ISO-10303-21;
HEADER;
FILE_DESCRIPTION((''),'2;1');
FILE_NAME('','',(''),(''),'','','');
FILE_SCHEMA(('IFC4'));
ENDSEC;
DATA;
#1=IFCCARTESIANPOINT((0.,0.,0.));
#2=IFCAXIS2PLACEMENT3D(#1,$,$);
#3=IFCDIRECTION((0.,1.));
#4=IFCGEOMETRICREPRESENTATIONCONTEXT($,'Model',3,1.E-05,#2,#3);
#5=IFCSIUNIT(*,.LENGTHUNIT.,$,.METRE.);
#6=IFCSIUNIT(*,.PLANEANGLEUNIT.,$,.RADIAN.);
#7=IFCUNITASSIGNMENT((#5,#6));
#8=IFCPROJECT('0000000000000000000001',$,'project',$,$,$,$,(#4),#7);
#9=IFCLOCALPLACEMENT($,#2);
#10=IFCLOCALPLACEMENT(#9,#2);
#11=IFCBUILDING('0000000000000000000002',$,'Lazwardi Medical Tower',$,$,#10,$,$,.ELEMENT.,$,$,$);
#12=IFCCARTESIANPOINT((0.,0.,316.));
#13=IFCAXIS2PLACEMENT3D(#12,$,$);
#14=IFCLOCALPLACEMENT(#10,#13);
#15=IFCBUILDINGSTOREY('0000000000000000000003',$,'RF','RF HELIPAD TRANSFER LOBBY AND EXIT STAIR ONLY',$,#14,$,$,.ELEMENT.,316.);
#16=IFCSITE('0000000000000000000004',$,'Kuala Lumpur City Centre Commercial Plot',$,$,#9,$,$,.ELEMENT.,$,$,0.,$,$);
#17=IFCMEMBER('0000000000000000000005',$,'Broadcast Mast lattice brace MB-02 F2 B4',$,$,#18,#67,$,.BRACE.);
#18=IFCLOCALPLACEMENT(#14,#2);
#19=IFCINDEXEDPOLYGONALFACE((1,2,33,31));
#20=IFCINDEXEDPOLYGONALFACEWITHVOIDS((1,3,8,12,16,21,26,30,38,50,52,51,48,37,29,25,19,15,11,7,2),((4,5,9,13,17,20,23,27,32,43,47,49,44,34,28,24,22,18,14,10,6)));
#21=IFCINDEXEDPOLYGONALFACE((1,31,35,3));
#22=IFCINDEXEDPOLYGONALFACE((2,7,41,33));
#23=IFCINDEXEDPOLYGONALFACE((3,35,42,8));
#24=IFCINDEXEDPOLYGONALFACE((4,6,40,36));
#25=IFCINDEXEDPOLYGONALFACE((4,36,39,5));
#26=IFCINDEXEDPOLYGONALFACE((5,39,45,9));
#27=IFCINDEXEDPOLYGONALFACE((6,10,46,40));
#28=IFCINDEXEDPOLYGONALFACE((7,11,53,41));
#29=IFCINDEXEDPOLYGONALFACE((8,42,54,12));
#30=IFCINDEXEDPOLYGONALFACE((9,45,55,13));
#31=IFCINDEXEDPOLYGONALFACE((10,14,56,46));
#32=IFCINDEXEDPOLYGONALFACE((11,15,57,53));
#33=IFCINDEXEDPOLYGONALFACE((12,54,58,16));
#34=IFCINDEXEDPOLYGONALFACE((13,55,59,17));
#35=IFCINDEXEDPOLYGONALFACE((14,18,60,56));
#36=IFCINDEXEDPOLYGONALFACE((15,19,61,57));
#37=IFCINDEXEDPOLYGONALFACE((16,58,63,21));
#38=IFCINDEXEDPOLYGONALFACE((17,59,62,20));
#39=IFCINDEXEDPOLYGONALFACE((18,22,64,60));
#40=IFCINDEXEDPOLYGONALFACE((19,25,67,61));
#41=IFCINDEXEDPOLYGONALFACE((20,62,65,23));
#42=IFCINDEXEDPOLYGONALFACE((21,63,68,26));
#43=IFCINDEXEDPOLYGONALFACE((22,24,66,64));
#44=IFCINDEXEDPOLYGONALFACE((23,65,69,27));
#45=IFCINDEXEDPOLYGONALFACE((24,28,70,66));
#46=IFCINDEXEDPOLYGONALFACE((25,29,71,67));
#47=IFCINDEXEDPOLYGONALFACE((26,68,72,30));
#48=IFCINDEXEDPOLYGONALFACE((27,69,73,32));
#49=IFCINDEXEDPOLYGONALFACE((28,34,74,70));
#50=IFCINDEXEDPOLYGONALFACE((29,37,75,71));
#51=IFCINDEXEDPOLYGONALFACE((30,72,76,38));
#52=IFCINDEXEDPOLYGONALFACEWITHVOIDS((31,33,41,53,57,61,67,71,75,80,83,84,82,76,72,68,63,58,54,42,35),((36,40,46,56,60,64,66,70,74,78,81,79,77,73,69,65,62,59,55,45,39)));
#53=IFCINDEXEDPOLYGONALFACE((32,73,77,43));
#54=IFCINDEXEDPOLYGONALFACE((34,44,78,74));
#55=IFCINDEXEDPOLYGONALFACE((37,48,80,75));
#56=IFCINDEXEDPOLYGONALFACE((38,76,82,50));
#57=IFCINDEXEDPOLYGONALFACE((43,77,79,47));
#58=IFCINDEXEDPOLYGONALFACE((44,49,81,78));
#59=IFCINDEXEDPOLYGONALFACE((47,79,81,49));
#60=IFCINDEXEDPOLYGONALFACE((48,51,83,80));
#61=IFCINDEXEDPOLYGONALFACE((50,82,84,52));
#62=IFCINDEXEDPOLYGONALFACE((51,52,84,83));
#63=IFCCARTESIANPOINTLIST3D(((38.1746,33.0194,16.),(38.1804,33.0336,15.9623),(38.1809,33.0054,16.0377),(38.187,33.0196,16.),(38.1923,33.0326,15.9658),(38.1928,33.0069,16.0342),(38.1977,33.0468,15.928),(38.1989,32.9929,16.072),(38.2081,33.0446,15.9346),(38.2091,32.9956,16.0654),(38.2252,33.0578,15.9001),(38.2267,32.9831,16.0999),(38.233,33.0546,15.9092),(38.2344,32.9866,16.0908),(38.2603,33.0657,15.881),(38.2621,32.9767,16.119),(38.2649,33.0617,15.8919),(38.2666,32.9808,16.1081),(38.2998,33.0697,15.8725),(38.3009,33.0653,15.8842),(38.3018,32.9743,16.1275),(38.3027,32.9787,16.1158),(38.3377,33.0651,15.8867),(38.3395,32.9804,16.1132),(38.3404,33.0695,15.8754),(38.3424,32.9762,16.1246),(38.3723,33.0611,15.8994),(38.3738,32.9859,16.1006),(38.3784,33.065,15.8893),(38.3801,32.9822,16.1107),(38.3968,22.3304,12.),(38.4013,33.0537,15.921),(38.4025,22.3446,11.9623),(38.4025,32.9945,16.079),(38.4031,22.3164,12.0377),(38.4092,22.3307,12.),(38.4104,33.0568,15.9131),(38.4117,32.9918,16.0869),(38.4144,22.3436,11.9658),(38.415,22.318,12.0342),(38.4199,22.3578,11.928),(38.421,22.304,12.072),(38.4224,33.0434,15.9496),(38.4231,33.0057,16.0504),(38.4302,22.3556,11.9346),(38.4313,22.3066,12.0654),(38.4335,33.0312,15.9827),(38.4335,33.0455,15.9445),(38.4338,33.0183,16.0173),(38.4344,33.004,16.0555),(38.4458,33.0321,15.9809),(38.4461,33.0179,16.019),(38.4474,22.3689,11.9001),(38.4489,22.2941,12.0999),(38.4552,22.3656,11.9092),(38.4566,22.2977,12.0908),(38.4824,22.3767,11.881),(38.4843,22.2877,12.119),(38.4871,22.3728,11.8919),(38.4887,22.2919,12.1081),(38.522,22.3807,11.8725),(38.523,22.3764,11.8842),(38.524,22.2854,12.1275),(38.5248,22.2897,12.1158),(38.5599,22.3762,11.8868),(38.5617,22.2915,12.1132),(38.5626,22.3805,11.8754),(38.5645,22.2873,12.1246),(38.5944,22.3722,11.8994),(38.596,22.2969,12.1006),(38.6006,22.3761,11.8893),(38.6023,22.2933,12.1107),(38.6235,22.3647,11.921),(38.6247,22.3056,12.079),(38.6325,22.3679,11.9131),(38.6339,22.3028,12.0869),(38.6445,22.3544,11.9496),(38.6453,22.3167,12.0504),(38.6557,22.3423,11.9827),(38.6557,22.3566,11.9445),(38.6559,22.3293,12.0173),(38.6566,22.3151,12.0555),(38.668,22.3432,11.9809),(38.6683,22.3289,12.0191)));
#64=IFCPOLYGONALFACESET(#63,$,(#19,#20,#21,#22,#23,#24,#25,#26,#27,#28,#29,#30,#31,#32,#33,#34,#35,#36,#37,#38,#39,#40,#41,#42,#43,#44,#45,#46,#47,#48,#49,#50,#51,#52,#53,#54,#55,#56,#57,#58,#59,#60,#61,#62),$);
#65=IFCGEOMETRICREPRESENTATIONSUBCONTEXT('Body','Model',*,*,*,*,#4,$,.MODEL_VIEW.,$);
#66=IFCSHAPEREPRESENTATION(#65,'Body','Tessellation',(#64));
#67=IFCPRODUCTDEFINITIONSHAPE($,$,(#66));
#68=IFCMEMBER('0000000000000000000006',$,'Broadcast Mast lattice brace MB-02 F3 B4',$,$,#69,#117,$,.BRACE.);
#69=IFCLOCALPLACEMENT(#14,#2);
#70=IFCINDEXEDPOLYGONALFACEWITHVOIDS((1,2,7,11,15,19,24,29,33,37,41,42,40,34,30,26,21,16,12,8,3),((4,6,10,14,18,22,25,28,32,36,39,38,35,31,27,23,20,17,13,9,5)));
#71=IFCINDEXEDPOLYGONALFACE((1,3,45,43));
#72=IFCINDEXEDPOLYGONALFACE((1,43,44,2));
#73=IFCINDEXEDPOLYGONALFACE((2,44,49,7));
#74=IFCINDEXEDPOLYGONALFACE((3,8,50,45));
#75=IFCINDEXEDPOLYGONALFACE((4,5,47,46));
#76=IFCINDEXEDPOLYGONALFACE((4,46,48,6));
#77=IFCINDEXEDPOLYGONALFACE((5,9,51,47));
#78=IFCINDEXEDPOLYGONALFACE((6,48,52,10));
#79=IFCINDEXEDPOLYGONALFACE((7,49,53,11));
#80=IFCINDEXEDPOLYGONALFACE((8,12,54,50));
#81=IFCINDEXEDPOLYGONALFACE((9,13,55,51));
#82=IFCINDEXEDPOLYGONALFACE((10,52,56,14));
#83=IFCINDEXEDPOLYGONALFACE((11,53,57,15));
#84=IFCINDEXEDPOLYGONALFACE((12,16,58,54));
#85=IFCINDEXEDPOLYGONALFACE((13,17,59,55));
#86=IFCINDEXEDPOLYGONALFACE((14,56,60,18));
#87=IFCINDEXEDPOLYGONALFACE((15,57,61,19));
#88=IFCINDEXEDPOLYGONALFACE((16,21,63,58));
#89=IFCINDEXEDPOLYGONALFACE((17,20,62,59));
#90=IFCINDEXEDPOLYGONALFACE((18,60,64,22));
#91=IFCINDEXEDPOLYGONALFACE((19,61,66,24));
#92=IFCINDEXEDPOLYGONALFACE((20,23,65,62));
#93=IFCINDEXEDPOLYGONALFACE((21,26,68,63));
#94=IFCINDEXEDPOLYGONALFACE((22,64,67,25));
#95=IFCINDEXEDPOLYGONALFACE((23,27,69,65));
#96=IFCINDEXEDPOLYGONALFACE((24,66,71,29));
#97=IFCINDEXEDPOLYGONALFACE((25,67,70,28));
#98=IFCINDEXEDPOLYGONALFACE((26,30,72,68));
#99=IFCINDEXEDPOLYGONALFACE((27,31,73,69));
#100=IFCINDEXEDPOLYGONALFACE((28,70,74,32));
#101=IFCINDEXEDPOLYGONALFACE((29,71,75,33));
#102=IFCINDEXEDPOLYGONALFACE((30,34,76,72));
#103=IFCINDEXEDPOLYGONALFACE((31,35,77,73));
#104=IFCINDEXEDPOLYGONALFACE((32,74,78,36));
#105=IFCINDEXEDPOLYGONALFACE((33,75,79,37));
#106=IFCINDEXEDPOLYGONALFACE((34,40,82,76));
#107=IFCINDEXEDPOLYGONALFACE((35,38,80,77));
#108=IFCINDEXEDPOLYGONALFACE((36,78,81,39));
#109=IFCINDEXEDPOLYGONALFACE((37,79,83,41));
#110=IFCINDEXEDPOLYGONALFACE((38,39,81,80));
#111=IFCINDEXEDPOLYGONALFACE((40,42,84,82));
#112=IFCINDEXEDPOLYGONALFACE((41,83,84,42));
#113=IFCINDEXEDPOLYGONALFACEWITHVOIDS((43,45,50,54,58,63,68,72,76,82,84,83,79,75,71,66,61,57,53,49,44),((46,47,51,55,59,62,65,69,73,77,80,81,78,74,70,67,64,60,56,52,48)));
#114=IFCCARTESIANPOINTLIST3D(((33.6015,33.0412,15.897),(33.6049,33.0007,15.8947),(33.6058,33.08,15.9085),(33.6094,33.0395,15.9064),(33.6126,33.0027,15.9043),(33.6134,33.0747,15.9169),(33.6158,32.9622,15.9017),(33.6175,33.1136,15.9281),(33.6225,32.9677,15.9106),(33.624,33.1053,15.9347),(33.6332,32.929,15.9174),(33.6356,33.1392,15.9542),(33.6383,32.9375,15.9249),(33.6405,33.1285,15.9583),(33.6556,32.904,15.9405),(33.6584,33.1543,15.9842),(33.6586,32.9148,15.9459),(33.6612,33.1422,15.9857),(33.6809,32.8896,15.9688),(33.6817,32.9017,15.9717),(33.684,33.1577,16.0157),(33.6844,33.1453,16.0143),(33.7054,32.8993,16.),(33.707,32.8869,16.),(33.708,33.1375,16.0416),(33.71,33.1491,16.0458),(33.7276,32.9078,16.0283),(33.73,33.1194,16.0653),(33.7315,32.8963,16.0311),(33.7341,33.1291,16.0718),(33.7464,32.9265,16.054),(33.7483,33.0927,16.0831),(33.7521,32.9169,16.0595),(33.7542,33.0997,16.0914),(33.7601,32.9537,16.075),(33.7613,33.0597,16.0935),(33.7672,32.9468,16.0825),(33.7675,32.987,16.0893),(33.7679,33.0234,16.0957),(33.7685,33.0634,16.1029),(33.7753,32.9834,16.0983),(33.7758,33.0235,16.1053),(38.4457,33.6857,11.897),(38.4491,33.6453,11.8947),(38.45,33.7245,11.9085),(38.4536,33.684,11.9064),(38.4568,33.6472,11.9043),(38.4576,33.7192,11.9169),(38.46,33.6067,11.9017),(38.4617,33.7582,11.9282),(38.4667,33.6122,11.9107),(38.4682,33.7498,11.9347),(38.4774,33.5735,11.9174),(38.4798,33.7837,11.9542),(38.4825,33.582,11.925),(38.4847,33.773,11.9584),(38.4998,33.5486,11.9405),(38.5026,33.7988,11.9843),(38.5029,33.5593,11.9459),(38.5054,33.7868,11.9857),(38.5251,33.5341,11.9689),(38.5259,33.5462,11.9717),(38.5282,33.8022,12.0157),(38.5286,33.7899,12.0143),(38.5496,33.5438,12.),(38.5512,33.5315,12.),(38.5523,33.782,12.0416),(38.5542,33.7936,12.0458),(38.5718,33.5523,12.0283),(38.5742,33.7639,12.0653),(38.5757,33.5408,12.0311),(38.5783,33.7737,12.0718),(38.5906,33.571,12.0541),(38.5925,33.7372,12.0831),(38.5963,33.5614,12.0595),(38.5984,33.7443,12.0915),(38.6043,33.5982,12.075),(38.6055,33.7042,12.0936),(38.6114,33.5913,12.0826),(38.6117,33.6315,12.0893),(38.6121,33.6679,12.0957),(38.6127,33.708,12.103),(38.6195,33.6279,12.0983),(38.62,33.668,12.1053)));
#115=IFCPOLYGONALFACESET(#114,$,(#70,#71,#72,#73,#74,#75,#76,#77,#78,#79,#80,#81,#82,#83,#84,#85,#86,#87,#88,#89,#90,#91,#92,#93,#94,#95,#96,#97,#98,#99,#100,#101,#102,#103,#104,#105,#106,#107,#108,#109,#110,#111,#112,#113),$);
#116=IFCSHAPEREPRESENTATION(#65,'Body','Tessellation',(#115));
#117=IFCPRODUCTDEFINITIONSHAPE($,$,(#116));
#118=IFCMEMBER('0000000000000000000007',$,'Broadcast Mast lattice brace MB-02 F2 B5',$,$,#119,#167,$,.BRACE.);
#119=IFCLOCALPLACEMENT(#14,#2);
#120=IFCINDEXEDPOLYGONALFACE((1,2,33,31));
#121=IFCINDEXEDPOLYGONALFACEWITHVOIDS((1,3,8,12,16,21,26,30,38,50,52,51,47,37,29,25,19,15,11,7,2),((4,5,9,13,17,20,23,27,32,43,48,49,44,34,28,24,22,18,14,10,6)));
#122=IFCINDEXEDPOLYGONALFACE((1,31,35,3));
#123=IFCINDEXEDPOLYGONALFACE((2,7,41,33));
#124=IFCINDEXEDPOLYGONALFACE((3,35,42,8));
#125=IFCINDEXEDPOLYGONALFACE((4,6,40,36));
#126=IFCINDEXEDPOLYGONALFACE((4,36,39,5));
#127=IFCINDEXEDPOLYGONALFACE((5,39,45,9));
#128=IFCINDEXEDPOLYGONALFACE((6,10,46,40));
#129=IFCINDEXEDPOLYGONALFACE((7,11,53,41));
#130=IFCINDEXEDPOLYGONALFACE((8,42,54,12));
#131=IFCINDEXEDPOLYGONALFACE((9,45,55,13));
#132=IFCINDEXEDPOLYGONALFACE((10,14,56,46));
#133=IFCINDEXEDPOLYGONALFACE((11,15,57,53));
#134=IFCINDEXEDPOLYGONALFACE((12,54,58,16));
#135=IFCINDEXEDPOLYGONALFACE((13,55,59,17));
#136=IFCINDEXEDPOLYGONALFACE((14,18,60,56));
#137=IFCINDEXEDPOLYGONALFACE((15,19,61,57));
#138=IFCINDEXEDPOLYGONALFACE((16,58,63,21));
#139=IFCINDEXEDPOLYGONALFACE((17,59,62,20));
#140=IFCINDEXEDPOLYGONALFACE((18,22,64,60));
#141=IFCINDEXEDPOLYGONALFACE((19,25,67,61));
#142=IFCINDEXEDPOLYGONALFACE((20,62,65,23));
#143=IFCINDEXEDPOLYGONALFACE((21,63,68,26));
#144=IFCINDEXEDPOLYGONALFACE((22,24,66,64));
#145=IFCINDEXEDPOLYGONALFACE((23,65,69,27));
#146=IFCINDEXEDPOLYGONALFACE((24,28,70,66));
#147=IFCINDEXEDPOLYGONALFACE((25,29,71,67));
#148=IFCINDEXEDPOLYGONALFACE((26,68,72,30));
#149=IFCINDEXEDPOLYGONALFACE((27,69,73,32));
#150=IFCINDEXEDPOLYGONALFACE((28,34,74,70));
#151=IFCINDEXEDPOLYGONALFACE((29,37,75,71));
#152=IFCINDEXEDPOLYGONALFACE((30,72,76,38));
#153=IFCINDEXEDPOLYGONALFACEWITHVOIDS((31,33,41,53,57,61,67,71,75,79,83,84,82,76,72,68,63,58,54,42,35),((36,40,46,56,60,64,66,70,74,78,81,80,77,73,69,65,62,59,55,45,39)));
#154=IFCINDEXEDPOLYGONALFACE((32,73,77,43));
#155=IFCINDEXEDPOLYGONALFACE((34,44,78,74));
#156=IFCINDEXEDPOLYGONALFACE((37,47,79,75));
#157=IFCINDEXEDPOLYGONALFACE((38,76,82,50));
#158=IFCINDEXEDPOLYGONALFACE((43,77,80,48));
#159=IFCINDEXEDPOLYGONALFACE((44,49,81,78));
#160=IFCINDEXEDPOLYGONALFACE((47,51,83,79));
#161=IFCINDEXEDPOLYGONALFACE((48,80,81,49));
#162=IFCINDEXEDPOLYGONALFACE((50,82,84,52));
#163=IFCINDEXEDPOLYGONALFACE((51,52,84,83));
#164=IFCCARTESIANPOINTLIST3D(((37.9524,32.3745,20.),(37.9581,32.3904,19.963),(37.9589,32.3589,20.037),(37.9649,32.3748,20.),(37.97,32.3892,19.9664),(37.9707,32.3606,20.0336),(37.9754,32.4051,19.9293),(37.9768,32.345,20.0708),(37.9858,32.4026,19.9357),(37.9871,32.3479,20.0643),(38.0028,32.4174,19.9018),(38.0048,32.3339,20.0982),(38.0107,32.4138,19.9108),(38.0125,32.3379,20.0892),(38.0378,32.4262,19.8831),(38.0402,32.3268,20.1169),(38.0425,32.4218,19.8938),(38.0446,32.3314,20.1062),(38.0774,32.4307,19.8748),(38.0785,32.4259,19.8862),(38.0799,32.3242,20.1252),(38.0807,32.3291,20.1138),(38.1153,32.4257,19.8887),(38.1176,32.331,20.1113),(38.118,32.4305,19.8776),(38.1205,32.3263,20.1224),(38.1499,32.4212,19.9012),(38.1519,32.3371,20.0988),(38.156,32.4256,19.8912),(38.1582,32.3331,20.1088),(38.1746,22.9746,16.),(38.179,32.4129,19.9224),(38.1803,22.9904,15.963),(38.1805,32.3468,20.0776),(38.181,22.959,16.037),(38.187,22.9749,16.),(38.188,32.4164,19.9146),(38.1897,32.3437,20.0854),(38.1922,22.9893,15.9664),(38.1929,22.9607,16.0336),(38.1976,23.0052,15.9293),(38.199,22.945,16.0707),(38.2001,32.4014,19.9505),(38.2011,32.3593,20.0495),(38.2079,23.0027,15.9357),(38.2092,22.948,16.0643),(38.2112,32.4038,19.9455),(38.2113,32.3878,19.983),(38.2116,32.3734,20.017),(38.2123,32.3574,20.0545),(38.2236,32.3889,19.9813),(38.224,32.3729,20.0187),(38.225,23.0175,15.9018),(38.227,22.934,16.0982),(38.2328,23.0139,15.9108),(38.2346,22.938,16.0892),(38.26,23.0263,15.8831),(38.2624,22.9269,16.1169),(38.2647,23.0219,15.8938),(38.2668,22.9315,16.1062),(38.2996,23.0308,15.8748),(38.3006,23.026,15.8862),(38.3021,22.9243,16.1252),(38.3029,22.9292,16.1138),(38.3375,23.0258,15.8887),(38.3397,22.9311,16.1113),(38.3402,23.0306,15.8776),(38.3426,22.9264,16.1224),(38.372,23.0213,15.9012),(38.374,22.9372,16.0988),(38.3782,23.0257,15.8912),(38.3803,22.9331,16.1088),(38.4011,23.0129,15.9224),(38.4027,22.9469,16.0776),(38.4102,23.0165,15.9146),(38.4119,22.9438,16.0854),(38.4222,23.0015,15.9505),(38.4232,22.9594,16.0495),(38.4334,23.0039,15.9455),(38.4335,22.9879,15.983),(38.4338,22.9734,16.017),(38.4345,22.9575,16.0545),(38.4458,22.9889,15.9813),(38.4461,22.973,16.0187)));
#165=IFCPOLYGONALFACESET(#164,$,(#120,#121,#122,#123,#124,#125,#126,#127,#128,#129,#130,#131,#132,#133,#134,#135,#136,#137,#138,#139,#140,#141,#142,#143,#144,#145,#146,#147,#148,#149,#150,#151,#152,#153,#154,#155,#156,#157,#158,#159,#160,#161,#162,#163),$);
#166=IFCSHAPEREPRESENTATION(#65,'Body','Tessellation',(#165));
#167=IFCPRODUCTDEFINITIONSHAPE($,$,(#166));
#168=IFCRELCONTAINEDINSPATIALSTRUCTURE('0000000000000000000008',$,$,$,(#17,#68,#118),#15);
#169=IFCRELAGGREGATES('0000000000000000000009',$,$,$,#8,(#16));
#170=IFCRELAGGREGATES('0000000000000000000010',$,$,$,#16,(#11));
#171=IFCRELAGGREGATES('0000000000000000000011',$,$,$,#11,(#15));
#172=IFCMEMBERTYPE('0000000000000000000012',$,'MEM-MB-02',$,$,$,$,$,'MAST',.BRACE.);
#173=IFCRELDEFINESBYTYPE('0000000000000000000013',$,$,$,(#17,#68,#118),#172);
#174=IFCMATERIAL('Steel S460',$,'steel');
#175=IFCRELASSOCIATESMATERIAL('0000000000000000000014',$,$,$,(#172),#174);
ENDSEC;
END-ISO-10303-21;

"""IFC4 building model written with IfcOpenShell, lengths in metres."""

from ifc_helpers import new_model, si_unit, direction, frame, origin, origin_2d, place, context, subcontext, project, spatial, hollow_circle, extrude, material, material_profile, profile_set, type_object, element, save


model = new_model("IFC4")

# Units and contexts
model_context = context("Model", 3, precision=1e-05, world=origin(), true_north=direction((0.0, 1.0)))
body_context = subcontext(model_context, "Body", "Model", "MODEL_VIEW")
ifc_project = project(units=[si_unit("LENGTHUNIT", "METRE"), si_unit("PLANEANGLEUNIT", "RADIAN")], contexts=[model_context])

# Site, building, storey
site_placement = place(None, origin())
site = spatial("IfcSite", under=ifc_project, at=site_placement, Name="Kuala Lumpur City Centre Commercial Plot", CompositionType="ELEMENT", RefElevation=0.0)
building_placement = place(site_placement, origin())
building = spatial("IfcBuilding", under=site, at=building_placement, Name="Lazwardi Medical Tower", CompositionType="ELEMENT")
storey_placement = place(building_placement, frame((0.0, 0.0, 316.0)))
storey = spatial("IfcBuildingStorey", under=building, at=storey_placement, Name="RF", Description="RF HELIPAD TRANSFER LOBBY AND EXIT STAIR ONLY", CompositionType="ELEMENT", Elevation=316.0)

# Members
ifc_material = material(Name="Steel S460", Category="steel")
ifc_material_profile_1 = material_profile(ifc_material, hollow_circle(Radius=0.1365, WallThickness=0.0125, at=origin_2d()), Name="CHS 273x12.5")
ifc_profile_set_1 = profile_set([ifc_material_profile_1], Name="Steel S460")
member_type_1 = type_object("IfcMemberType", Name="MEM-MB-02", ElementType="MAST", PredefinedType="BRACE", material=ifc_profile_set_1)
member_1_placement = place(storey_placement, frame((38.5332, 22.3333, 12.0), z_axis=(-0.019463, 0.936392, 0.350415), x_axis=(-0.999784, -0.02078, 0.0)))
element("IfcMember", 1, at=member_1_placement, inside=storey, type_object=member_type_1, Name="Broadcast Mast lattice brace MB-02 F2 B4", PredefinedType="BRACE", context=body_context, shape_type="SweptSolid", body=[
    extrude(hollow_circle(Radius=0.1365, WallThickness=0.0125, at=origin_2d()), origin(), (0.0, 0.0, 1.0), 11.415),
])
member_2_placement = place(storey_placement, frame((38.5332, 33.6667, 12.0), z_axis=(-0.767073, -0.10206, 0.63339), x_axis=(0.131889, -0.991265, 0.0)))
element("IfcMember", 2, at=member_2_placement, inside=storey, type_object=member_type_1, Name="Broadcast Mast lattice brace MB-02 F3 B4", PredefinedType="BRACE", context=body_context, shape_type="SweptSolid", body=[
    extrude(hollow_circle(Radius=0.1365, WallThickness=0.0125, at=origin_2d()), origin(), (0.0, 0.0, 1.0), 6.3152),
])
member_3_placement = place(storey_placement, frame((38.311, 22.9778, 16.0), z_axis=(-0.021743, 0.919936, 0.391466), x_axis=(-0.999721, -0.023629, 0.0)))
element("IfcMember", 3, at=member_3_placement, inside=storey, type_object=member_type_1, Name="Broadcast Mast lattice brace MB-02 F2 B5", PredefinedType="BRACE", context=body_context, shape_type="SweptSolid", body=[
    extrude(hollow_circle(Radius=0.1365, WallThickness=0.0125, at=origin_2d()), origin(), (0.0, 0.0, 1.0), 10.218),
])

save(model, "model.ifc")
